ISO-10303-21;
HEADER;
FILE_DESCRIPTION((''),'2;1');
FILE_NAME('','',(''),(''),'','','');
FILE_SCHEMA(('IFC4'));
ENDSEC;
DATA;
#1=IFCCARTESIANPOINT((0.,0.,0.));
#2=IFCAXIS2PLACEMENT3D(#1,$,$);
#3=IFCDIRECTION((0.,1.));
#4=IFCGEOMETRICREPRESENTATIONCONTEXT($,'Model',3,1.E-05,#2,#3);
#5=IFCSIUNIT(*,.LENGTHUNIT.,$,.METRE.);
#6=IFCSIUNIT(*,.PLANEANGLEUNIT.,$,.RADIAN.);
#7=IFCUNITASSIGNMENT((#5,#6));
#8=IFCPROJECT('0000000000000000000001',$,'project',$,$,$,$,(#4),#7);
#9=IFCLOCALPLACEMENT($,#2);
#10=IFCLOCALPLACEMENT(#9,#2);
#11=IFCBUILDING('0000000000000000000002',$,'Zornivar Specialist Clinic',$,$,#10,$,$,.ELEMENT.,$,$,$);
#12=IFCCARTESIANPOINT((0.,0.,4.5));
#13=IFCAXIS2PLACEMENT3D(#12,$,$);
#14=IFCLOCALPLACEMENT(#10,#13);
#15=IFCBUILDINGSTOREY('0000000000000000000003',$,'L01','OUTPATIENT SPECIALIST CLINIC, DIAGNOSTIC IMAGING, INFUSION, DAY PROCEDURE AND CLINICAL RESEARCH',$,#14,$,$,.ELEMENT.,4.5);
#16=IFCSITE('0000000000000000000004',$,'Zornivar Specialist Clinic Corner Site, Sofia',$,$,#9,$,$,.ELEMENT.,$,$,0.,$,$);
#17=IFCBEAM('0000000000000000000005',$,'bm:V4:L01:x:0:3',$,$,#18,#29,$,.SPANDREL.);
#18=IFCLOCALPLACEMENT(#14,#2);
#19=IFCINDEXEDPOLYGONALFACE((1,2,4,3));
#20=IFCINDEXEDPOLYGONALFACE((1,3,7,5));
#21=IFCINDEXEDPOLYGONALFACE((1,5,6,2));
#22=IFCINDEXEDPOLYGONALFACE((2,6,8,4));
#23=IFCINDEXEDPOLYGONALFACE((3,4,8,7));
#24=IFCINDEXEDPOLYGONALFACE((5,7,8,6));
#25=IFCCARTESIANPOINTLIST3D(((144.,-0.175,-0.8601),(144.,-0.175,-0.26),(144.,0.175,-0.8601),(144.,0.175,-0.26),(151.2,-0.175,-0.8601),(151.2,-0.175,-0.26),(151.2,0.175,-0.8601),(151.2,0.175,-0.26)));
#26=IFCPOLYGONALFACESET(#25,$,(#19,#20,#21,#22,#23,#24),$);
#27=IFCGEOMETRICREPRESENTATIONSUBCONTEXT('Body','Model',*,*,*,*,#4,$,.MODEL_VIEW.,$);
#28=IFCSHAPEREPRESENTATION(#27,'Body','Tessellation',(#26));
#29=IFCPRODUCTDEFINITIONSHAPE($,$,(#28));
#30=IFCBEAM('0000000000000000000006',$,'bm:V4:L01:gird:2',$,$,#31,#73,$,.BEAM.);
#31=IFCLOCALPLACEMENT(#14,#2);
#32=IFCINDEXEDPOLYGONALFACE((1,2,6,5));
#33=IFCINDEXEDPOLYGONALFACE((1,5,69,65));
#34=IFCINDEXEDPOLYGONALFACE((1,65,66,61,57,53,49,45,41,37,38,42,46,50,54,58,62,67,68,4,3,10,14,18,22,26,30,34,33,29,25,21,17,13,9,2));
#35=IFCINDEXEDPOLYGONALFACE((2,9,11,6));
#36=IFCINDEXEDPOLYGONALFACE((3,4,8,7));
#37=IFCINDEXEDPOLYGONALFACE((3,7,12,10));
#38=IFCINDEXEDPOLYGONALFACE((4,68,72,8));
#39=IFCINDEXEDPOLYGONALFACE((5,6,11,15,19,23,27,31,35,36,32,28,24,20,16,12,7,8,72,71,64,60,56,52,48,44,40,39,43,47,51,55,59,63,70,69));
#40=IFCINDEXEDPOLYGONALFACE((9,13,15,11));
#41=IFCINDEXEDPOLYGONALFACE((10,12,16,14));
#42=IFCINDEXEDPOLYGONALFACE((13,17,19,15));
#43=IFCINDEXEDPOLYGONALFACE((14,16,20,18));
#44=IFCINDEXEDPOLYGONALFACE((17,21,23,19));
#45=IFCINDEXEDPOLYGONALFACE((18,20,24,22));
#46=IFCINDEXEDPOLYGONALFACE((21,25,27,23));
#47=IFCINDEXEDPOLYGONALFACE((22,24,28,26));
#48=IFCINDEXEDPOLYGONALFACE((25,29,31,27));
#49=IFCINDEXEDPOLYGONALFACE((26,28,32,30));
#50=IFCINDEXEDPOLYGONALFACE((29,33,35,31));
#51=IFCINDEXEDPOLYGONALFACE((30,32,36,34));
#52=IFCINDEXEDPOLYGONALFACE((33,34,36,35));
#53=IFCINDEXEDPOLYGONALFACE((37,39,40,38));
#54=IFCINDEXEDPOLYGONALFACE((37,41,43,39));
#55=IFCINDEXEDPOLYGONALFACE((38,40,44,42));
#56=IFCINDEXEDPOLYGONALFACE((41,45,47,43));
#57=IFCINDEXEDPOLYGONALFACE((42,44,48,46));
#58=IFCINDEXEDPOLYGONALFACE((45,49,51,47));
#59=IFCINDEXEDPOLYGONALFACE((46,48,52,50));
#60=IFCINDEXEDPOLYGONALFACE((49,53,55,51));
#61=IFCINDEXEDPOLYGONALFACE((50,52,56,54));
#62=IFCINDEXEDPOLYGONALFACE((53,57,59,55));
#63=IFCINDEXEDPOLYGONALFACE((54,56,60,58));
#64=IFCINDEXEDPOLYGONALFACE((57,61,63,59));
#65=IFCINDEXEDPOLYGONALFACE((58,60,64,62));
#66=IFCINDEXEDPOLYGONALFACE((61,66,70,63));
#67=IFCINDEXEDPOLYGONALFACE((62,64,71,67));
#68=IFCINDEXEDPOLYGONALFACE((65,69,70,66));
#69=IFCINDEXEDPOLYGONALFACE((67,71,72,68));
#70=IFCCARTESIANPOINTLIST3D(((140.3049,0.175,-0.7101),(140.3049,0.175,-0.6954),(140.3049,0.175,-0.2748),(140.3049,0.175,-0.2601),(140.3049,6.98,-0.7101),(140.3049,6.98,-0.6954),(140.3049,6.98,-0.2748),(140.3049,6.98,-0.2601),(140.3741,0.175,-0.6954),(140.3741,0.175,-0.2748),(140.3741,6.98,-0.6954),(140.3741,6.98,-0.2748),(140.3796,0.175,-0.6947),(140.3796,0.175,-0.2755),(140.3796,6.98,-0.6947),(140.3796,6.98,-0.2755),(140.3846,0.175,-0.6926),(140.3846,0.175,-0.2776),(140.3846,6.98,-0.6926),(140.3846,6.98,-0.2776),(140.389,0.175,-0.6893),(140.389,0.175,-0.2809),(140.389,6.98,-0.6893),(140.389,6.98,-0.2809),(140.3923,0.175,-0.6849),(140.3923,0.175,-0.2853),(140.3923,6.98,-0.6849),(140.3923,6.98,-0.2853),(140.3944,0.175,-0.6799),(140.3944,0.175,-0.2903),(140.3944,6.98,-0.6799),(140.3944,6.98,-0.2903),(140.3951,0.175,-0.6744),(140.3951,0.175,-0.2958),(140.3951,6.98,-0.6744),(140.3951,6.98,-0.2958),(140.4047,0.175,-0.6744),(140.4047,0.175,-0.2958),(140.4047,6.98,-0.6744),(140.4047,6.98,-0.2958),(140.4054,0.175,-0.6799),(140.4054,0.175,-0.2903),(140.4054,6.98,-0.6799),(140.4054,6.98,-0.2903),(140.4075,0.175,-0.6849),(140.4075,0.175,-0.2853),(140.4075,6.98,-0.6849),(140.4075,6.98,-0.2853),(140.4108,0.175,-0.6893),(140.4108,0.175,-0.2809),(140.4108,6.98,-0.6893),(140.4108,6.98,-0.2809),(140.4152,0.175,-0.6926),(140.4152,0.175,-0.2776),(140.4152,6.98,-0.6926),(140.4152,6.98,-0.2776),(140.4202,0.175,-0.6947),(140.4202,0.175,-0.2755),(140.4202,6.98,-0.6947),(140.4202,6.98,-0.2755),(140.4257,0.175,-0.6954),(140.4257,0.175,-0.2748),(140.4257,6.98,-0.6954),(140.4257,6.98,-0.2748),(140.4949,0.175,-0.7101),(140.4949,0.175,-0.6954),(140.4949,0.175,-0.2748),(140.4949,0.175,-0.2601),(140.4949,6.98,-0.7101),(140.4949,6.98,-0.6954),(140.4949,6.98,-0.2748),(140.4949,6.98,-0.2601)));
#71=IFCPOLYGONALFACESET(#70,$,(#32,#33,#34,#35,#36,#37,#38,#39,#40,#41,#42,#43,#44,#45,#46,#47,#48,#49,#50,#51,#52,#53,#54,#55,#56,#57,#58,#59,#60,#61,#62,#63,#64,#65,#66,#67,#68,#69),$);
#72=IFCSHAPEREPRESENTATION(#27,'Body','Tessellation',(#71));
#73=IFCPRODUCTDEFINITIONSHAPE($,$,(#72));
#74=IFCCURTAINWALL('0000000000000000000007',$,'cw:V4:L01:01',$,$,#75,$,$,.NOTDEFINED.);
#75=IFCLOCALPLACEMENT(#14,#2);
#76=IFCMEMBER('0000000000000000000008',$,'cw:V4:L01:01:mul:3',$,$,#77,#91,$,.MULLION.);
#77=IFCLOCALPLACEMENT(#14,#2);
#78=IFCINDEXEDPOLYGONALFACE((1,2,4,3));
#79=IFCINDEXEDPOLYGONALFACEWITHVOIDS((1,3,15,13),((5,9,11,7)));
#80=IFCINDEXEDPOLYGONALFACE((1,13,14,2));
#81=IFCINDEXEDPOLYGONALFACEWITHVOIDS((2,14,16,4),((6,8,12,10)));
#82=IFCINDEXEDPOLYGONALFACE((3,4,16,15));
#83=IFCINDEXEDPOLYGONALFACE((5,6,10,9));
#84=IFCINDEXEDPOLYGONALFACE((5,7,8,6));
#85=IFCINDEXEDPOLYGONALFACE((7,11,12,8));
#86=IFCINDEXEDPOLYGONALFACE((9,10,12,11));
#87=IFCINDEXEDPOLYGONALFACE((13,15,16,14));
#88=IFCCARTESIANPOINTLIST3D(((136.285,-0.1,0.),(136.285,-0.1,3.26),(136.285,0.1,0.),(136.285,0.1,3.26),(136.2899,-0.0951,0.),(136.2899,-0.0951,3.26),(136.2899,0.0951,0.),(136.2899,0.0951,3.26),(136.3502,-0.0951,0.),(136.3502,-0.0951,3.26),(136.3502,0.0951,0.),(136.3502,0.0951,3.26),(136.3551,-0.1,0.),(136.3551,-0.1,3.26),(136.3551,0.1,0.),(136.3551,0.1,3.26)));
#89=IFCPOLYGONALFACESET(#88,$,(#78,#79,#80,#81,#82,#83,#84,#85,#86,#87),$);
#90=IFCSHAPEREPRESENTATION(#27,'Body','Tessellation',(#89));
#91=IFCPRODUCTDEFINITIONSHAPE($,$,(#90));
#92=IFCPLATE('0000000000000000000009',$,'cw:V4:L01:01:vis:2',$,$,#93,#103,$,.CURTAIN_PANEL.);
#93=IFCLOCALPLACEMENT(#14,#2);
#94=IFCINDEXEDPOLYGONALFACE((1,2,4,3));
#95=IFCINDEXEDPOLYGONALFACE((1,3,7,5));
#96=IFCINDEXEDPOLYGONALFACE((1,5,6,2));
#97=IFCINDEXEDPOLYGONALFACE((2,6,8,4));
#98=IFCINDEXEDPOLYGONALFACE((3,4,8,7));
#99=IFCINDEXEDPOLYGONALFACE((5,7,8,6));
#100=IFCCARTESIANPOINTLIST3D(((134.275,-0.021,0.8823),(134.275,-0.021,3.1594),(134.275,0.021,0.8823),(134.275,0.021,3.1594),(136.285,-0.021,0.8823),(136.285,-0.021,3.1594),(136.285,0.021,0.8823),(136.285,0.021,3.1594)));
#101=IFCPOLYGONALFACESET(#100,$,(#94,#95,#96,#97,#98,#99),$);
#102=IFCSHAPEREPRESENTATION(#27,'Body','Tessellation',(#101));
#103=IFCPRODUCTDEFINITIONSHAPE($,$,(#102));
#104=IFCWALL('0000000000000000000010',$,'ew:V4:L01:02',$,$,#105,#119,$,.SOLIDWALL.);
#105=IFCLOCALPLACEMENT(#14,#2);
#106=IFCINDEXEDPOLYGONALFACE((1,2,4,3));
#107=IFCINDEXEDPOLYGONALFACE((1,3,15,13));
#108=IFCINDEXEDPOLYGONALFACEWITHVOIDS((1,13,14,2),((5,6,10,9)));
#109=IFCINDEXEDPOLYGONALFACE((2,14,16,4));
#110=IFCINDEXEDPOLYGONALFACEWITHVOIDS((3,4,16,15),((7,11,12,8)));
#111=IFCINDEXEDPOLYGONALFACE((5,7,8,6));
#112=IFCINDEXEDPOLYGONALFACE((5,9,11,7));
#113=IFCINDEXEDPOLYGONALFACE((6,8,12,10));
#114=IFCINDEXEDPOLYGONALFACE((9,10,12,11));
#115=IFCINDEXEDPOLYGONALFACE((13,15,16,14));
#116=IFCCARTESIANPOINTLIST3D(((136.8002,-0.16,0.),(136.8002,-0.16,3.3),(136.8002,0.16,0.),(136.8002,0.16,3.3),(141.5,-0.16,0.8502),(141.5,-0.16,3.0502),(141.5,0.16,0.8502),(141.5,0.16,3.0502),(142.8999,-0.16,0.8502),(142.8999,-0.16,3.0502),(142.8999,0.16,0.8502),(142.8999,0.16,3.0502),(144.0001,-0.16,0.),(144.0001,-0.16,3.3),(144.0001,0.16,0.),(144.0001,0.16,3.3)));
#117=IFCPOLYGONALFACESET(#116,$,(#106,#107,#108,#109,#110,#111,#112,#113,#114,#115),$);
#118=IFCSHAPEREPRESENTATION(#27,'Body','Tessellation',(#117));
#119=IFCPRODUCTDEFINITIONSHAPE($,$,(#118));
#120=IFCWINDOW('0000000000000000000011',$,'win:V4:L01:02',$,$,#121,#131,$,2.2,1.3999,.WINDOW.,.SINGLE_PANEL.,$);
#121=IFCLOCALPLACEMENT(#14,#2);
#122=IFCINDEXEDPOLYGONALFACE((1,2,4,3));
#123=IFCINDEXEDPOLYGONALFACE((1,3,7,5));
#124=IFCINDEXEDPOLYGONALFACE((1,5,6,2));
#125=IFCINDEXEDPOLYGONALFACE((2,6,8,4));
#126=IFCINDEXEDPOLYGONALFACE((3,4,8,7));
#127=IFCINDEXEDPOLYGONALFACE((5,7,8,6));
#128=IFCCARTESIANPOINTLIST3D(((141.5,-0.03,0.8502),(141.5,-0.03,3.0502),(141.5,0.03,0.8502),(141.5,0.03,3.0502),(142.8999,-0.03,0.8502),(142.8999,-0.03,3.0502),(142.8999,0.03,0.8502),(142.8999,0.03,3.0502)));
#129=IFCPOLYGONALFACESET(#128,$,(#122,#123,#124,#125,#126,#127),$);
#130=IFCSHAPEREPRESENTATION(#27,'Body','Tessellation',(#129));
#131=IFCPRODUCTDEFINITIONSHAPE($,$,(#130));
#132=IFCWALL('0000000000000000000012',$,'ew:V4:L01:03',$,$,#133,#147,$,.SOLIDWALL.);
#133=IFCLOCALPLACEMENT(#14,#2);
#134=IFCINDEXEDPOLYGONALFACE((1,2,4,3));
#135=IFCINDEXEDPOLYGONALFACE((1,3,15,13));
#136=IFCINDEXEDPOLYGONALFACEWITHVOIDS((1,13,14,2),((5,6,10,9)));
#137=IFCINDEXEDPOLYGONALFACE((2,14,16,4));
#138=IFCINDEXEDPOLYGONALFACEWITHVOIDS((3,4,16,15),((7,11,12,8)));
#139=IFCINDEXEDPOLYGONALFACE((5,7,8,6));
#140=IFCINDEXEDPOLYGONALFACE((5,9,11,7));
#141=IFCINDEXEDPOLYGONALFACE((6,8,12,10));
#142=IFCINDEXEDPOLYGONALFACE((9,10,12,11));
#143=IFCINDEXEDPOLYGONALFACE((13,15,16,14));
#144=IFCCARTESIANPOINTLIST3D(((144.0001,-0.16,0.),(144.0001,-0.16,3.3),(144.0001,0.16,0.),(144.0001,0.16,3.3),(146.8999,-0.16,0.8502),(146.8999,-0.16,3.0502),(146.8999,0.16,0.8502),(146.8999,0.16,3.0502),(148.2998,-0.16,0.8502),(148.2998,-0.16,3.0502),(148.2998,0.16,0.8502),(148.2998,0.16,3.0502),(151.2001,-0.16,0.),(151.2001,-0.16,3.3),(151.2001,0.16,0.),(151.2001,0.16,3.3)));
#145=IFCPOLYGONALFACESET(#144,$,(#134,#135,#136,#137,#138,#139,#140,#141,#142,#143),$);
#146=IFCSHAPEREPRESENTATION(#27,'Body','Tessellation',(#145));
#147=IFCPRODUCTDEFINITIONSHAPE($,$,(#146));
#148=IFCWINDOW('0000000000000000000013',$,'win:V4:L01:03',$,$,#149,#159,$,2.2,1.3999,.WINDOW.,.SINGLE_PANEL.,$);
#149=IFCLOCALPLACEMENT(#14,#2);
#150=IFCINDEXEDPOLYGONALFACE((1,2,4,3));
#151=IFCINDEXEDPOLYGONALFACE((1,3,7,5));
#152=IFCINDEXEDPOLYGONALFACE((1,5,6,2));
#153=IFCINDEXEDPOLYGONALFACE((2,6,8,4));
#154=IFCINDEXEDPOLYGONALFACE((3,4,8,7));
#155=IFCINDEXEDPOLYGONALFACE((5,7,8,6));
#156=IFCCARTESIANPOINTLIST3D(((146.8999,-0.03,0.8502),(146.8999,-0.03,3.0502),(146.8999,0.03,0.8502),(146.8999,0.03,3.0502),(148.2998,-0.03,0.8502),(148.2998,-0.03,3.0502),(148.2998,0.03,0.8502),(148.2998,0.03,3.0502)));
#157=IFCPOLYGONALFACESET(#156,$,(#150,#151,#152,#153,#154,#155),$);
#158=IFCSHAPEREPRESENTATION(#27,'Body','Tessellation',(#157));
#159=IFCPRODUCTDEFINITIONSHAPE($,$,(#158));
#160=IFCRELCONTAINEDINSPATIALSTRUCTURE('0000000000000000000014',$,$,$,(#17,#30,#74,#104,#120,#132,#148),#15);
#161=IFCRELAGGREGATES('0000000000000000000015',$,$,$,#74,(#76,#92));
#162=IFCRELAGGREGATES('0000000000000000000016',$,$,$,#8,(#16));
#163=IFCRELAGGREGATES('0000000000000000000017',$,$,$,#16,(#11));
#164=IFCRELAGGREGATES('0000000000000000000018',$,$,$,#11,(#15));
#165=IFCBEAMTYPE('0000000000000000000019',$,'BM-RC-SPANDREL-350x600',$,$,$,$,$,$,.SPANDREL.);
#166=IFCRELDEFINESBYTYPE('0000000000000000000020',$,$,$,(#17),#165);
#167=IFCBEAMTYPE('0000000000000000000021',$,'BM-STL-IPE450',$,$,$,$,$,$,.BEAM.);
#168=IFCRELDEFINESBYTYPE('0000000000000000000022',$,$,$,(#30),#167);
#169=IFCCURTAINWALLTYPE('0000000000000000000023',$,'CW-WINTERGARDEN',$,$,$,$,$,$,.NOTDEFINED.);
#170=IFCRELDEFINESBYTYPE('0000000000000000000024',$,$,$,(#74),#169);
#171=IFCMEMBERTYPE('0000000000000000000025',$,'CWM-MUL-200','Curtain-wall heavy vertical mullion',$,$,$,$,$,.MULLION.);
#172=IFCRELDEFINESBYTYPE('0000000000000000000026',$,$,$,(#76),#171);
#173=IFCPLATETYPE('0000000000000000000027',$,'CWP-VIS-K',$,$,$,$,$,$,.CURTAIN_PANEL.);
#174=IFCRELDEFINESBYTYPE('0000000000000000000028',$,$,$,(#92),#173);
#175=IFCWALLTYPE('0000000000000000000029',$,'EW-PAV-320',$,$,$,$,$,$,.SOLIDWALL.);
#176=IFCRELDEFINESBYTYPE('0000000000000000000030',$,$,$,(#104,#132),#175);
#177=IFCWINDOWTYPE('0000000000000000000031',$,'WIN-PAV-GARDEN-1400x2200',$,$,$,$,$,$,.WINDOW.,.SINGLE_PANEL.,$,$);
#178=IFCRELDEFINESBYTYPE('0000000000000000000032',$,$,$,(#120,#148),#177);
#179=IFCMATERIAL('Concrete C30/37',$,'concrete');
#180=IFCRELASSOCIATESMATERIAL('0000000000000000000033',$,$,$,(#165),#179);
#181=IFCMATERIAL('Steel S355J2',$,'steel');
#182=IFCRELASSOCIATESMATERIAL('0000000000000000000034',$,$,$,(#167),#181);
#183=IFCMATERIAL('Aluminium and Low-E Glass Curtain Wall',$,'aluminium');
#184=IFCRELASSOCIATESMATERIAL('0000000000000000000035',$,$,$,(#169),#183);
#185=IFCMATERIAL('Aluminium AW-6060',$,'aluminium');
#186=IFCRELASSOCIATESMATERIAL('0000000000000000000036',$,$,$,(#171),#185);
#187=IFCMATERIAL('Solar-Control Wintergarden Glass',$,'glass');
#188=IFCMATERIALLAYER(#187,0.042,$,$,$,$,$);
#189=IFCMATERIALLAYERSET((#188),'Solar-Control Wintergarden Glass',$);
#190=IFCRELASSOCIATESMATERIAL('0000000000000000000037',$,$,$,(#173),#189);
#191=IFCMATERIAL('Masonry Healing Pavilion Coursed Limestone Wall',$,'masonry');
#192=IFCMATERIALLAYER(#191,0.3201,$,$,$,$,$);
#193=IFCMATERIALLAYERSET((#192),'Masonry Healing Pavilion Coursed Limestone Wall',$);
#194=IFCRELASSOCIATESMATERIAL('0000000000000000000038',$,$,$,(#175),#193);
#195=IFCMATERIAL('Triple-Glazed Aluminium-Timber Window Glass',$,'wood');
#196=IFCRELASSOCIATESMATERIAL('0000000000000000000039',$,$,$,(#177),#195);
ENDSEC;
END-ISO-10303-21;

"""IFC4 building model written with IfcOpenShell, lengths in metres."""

from ifc_helpers import new_model, si_unit, direction, frame, frame_2d, origin, origin_2d, place, context, subcontext, project, spatial, rectangle, hollow_rectangle, i_section, extrude, material, layer, layer_set, material_profile, profile_set, type_object, element, fill, aggregate, save


model = new_model("IFC4")

# Units and contexts
model_context = context("Model", 3, precision=1e-05, world=origin(), true_north=direction((0.0, 1.0)))
body_context = subcontext(model_context, "Body", "Model", "MODEL_VIEW")
ifc_project = project(units=[si_unit("LENGTHUNIT", "METRE"), si_unit("PLANEANGLEUNIT", "RADIAN")], contexts=[model_context])

# Site, building, storey
site_placement = place(None, origin())
site = spatial("IfcSite", under=ifc_project, at=site_placement, Name="Zornivar Specialist Clinic Corner Site, Sofia", CompositionType="ELEMENT", RefElevation=0.0)
building_placement = place(site_placement, origin())
building = spatial("IfcBuilding", under=site, at=building_placement, Name="Zornivar Specialist Clinic", CompositionType="ELEMENT")
storey_placement = place(building_placement, frame((0.0, 0.0, 4.5)))
storey = spatial("IfcBuildingStorey", under=building, at=storey_placement, Name="L01", Description="OUTPATIENT SPECIALIST CLINIC, DIAGNOSTIC IMAGING, INFUSION, DAY PROCEDURE AND CLINICAL RESEARCH", CompositionType="ELEMENT", Elevation=4.5)

# Beams
ifc_material_1 = material(Name="Concrete C30/37", Category="concrete")
ifc_material_profile_1 = material_profile(ifc_material_1, rectangle(XDim=0.3501, YDim=0.6001, at=origin_2d()), Name="RC 350x600")
ifc_profile_set_1 = profile_set([ifc_material_profile_1], Name="Concrete C30/37")
beam_type_1 = type_object("IfcBeamType", Name="BM-RC-SPANDREL-350x600", PredefinedType="SPANDREL", material=ifc_profile_set_1)
for number, where, z_axis, x_axis, name in (
    (1, (144.0, 0.0, -0.5601), (1.0, 0.0, 0.0), (0.0, 1.0, 0.0), "bm:V4:L01:x:0:3"),
):
    element("IfcBeam", number, at=place(storey_placement, frame(where, z_axis=z_axis, x_axis=x_axis)), inside=storey, type_object=beam_type_1, Name=name, PredefinedType="SPANDREL", context=body_context, shape_type="SweptSolid", body=[
        extrude(rectangle(XDim=0.3501, YDim=0.6001, at=origin_2d()), origin(), (0.0, 0.0, 1.0), 7.2),
    ])
ifc_material_2 = material(Name="Steel S355J2", Category="steel")
ifc_material_profile_2 = material_profile(ifc_material_2, i_section(OverallWidth=0.1899, OverallDepth=0.45, WebThickness=0.0095, FlangeThickness=0.0146, FilletRadius=0.021, at=origin_2d()), Name="IPE 450")
ifc_profile_set_2 = profile_set([ifc_material_profile_2], Name="Steel S355J2")
beam_type_2 = type_object("IfcBeamType", Name="BM-STL-IPE450", PredefinedType="BEAM", material=ifc_profile_set_2)
beam_1_placement = place(storey_placement, frame((140.3999, 0.175, -0.4851), z_axis=(0.0, 1.0, 0.0), x_axis=(-1.0, 0.0, 0.0)))
element("IfcBeam", 2, at=beam_1_placement, inside=storey, type_object=beam_type_2, Name="bm:V4:L01:gird:2", PredefinedType="BEAM", context=body_context, shape_type="SweptSolid", body=[
    extrude(i_section(OverallWidth=0.1899, OverallDepth=0.45, WebThickness=0.0095, FlangeThickness=0.0146, FilletRadius=0.021, at=origin_2d()), origin(), (0.0, 0.0, 1.0), 6.8049),
])

# Curtain wall, member, plate
ifc_material_3 = material(Name="Aluminium and Low-E Glass Curtain Wall", Category="aluminium")
curtain_wall_type = type_object("IfcCurtainWallType", Name="CW-WINTERGARDEN", PredefinedType="NOTDEFINED", material=ifc_material_3)
curtain_wall_placement = place(storey_placement, origin())
curtain_wall = element("IfcCurtainWall", 3, at=curtain_wall_placement, inside=storey, type_object=curtain_wall_type, Name="cw:V4:L01:01", PredefinedType="NOTDEFINED")
ifc_material_4 = material(Name="Aluminium AW-6060", Category="aluminium")
ifc_material_profile_3 = material_profile(ifc_material_4, hollow_rectangle(XDim=0.0701, YDim=0.2, WallThickness=0.0049, at=origin_2d()), Name="ALU 70x200x5")
ifc_profile_set_3 = profile_set([ifc_material_profile_3], Name="Aluminium AW-6060")
member_type = type_object("IfcMemberType", Name="CWM-MUL-200", Description="Curtain-wall heavy vertical mullion", PredefinedType="MULLION", material=ifc_profile_set_3)
member_placement = place(storey_placement, frame((136.3201, 0.0, 0.0), z_axis=(0.0, 0.0, 1.0), x_axis=(1.0, 0.0, 0.0)))
member = element("IfcMember", 4, at=member_placement, type_object=member_type, Name="cw:V4:L01:01:mul:3", PredefinedType="MULLION", context=body_context, shape_type="SweptSolid", body=[
    extrude(hollow_rectangle(XDim=0.0701, YDim=0.2, WallThickness=0.0049, at=origin_2d()), origin(), (0.0, 0.0, 1.0), 3.26),
])
ifc_material_5 = material(Name="Solar-Control Wintergarden Glass", Category="glass")
ifc_layer_1 = layer(ifc_material_5, 0.042)
ifc_layer_set_1 = layer_set([ifc_layer_1], Name="Solar-Control Wintergarden Glass")
plate_type = type_object("IfcPlateType", Name="CWP-VIS-K", PredefinedType="CURTAIN_PANEL", material=ifc_layer_set_1)
plate_placement = place(storey_placement, frame((135.28, 0.0, 0.8823), z_axis=(0.0, 0.0, 1.0), x_axis=(1.0, 0.0, 0.0)))
plate = element("IfcPlate", 5, at=plate_placement, type_object=plate_type, Name="cw:V4:L01:01:vis:2", PredefinedType="CURTAIN_PANEL", context=body_context, shape_type="SweptSolid", body=[
    extrude(rectangle(XDim=2.01, YDim=0.042, at=origin_2d()), origin(), (0.0, 0.0, 1.0), 2.2771),
])
aggregate(curtain_wall, [member, plate])

# Walls, openings, windows
ifc_material_6 = material(Name="Masonry Healing Pavilion Coursed Limestone Wall", Category="masonry")
ifc_layer_2 = layer(ifc_material_6, 0.3201)
ifc_layer_set_2 = layer_set([ifc_layer_2], Name="Masonry Healing Pavilion Coursed Limestone Wall")
wall_type_1 = type_object("IfcWallType", Name="EW-PAV-320", PredefinedType="SOLIDWALL", material=ifc_layer_set_2)
wall_1_placement = place(storey_placement, frame((136.8, 0.0, 0.0), z_axis=(0.0, 0.0, 1.0), x_axis=(1.0, 0.0, 0.0)))
wall_1 = element("IfcWall", 6, at=wall_1_placement, inside=storey, type_object=wall_type_1, Name="ew:V4:L01:02", PredefinedType="SOLIDWALL", context=body_context, shape_type="SweptSolid", body=[
    extrude(rectangle(XDim=7.2, YDim=0.3201, at=frame_2d((3.6001, 0.0))), origin(), (0.0, 0.0, 1.0), 3.3),
])
opening_1_placement = place(wall_1_placement, frame((4.7, 0.0, 0.8501)))
opening_1 = element("IfcOpeningElement", 7, at=opening_1_placement, cuts=wall_1, PredefinedType="OPENING", context=body_context, shape_type="SweptSolid", body=[
    extrude(rectangle(XDim=1.3999, YDim=2.2, at=frame_2d((0.7, 1.1001))), frame((0.0, 0.1699, 0.0), z_axis=(0.0, -1.0, 0.0), x_axis=(1.0, 0.0, 0.0)), (0.0, 0.0, 1.0), 0.3401),
])
ifc_material_7 = material(Name="Triple-Glazed Aluminium-Timber Window Glass", Category="wood")
window_type = type_object("IfcWindowType", Name="WIN-PAV-GARDEN-1400x2200", PartitioningType="SINGLE_PANEL", PredefinedType="WINDOW", material=ifc_material_7)
window_1_placement = place(opening_1_placement, origin())
window_1 = element("IfcWindow", 8, at=window_1_placement, inside=storey, type_object=window_type, Name="win:V4:L01:02", OverallHeight=2.2, OverallWidth=1.3999, PartitioningType="SINGLE_PANEL", PredefinedType="WINDOW", context=body_context, shape_type="SweptSolid", body=[
    extrude(rectangle(XDim=1.3999, YDim=2.2, at=frame_2d((0.7, 1.1001))), frame((0.0, 0.03, 0.0), z_axis=(0.0, -1.0, 0.0), x_axis=(1.0, 0.0, 0.0)), (0.0, 0.0, 1.0), 0.0601),
])
fill(opening_1, window_1)
wall_2_placement = place(storey_placement, frame((144.0, 0.0, 0.0), z_axis=(0.0, 0.0, 1.0), x_axis=(1.0, 0.0, 0.0)))
wall_2 = element("IfcWall", 9, at=wall_2_placement, inside=storey, type_object=wall_type_1, Name="ew:V4:L01:03", PredefinedType="SOLIDWALL", context=body_context, shape_type="SweptSolid", body=[
    extrude(rectangle(XDim=7.2, YDim=0.3201, at=frame_2d((3.6001, 0.0))), origin(), (0.0, 0.0, 1.0), 3.3),
])
opening_2_placement = place(wall_2_placement, frame((2.8999, 0.0, 0.8501)))
opening_2 = element("IfcOpeningElement", 10, at=opening_2_placement, cuts=wall_2, PredefinedType="OPENING", context=body_context, shape_type="SweptSolid", body=[
    extrude(rectangle(XDim=1.3999, YDim=2.2, at=frame_2d((0.7, 1.1001))), frame((0.0, 0.1699, 0.0), z_axis=(0.0, -1.0, 0.0), x_axis=(1.0, 0.0, 0.0)), (0.0, 0.0, 1.0), 0.3401),
])
window_2_placement = place(opening_2_placement, origin())
window_2 = element("IfcWindow", 11, at=window_2_placement, inside=storey, type_object=window_type, Name="win:V4:L01:03", OverallHeight=2.2, OverallWidth=1.3999, PartitioningType="SINGLE_PANEL", PredefinedType="WINDOW", context=body_context, shape_type="SweptSolid", body=[
    extrude(rectangle(XDim=1.3999, YDim=2.2, at=frame_2d((0.7, 1.1001))), frame((0.0, 0.03, 0.0), z_axis=(0.0, -1.0, 0.0), x_axis=(1.0, 0.0, 0.0)), (0.0, 0.0, 1.0), 0.0601),
])
fill(opening_2, window_2)

save(model, "model.ifc")
